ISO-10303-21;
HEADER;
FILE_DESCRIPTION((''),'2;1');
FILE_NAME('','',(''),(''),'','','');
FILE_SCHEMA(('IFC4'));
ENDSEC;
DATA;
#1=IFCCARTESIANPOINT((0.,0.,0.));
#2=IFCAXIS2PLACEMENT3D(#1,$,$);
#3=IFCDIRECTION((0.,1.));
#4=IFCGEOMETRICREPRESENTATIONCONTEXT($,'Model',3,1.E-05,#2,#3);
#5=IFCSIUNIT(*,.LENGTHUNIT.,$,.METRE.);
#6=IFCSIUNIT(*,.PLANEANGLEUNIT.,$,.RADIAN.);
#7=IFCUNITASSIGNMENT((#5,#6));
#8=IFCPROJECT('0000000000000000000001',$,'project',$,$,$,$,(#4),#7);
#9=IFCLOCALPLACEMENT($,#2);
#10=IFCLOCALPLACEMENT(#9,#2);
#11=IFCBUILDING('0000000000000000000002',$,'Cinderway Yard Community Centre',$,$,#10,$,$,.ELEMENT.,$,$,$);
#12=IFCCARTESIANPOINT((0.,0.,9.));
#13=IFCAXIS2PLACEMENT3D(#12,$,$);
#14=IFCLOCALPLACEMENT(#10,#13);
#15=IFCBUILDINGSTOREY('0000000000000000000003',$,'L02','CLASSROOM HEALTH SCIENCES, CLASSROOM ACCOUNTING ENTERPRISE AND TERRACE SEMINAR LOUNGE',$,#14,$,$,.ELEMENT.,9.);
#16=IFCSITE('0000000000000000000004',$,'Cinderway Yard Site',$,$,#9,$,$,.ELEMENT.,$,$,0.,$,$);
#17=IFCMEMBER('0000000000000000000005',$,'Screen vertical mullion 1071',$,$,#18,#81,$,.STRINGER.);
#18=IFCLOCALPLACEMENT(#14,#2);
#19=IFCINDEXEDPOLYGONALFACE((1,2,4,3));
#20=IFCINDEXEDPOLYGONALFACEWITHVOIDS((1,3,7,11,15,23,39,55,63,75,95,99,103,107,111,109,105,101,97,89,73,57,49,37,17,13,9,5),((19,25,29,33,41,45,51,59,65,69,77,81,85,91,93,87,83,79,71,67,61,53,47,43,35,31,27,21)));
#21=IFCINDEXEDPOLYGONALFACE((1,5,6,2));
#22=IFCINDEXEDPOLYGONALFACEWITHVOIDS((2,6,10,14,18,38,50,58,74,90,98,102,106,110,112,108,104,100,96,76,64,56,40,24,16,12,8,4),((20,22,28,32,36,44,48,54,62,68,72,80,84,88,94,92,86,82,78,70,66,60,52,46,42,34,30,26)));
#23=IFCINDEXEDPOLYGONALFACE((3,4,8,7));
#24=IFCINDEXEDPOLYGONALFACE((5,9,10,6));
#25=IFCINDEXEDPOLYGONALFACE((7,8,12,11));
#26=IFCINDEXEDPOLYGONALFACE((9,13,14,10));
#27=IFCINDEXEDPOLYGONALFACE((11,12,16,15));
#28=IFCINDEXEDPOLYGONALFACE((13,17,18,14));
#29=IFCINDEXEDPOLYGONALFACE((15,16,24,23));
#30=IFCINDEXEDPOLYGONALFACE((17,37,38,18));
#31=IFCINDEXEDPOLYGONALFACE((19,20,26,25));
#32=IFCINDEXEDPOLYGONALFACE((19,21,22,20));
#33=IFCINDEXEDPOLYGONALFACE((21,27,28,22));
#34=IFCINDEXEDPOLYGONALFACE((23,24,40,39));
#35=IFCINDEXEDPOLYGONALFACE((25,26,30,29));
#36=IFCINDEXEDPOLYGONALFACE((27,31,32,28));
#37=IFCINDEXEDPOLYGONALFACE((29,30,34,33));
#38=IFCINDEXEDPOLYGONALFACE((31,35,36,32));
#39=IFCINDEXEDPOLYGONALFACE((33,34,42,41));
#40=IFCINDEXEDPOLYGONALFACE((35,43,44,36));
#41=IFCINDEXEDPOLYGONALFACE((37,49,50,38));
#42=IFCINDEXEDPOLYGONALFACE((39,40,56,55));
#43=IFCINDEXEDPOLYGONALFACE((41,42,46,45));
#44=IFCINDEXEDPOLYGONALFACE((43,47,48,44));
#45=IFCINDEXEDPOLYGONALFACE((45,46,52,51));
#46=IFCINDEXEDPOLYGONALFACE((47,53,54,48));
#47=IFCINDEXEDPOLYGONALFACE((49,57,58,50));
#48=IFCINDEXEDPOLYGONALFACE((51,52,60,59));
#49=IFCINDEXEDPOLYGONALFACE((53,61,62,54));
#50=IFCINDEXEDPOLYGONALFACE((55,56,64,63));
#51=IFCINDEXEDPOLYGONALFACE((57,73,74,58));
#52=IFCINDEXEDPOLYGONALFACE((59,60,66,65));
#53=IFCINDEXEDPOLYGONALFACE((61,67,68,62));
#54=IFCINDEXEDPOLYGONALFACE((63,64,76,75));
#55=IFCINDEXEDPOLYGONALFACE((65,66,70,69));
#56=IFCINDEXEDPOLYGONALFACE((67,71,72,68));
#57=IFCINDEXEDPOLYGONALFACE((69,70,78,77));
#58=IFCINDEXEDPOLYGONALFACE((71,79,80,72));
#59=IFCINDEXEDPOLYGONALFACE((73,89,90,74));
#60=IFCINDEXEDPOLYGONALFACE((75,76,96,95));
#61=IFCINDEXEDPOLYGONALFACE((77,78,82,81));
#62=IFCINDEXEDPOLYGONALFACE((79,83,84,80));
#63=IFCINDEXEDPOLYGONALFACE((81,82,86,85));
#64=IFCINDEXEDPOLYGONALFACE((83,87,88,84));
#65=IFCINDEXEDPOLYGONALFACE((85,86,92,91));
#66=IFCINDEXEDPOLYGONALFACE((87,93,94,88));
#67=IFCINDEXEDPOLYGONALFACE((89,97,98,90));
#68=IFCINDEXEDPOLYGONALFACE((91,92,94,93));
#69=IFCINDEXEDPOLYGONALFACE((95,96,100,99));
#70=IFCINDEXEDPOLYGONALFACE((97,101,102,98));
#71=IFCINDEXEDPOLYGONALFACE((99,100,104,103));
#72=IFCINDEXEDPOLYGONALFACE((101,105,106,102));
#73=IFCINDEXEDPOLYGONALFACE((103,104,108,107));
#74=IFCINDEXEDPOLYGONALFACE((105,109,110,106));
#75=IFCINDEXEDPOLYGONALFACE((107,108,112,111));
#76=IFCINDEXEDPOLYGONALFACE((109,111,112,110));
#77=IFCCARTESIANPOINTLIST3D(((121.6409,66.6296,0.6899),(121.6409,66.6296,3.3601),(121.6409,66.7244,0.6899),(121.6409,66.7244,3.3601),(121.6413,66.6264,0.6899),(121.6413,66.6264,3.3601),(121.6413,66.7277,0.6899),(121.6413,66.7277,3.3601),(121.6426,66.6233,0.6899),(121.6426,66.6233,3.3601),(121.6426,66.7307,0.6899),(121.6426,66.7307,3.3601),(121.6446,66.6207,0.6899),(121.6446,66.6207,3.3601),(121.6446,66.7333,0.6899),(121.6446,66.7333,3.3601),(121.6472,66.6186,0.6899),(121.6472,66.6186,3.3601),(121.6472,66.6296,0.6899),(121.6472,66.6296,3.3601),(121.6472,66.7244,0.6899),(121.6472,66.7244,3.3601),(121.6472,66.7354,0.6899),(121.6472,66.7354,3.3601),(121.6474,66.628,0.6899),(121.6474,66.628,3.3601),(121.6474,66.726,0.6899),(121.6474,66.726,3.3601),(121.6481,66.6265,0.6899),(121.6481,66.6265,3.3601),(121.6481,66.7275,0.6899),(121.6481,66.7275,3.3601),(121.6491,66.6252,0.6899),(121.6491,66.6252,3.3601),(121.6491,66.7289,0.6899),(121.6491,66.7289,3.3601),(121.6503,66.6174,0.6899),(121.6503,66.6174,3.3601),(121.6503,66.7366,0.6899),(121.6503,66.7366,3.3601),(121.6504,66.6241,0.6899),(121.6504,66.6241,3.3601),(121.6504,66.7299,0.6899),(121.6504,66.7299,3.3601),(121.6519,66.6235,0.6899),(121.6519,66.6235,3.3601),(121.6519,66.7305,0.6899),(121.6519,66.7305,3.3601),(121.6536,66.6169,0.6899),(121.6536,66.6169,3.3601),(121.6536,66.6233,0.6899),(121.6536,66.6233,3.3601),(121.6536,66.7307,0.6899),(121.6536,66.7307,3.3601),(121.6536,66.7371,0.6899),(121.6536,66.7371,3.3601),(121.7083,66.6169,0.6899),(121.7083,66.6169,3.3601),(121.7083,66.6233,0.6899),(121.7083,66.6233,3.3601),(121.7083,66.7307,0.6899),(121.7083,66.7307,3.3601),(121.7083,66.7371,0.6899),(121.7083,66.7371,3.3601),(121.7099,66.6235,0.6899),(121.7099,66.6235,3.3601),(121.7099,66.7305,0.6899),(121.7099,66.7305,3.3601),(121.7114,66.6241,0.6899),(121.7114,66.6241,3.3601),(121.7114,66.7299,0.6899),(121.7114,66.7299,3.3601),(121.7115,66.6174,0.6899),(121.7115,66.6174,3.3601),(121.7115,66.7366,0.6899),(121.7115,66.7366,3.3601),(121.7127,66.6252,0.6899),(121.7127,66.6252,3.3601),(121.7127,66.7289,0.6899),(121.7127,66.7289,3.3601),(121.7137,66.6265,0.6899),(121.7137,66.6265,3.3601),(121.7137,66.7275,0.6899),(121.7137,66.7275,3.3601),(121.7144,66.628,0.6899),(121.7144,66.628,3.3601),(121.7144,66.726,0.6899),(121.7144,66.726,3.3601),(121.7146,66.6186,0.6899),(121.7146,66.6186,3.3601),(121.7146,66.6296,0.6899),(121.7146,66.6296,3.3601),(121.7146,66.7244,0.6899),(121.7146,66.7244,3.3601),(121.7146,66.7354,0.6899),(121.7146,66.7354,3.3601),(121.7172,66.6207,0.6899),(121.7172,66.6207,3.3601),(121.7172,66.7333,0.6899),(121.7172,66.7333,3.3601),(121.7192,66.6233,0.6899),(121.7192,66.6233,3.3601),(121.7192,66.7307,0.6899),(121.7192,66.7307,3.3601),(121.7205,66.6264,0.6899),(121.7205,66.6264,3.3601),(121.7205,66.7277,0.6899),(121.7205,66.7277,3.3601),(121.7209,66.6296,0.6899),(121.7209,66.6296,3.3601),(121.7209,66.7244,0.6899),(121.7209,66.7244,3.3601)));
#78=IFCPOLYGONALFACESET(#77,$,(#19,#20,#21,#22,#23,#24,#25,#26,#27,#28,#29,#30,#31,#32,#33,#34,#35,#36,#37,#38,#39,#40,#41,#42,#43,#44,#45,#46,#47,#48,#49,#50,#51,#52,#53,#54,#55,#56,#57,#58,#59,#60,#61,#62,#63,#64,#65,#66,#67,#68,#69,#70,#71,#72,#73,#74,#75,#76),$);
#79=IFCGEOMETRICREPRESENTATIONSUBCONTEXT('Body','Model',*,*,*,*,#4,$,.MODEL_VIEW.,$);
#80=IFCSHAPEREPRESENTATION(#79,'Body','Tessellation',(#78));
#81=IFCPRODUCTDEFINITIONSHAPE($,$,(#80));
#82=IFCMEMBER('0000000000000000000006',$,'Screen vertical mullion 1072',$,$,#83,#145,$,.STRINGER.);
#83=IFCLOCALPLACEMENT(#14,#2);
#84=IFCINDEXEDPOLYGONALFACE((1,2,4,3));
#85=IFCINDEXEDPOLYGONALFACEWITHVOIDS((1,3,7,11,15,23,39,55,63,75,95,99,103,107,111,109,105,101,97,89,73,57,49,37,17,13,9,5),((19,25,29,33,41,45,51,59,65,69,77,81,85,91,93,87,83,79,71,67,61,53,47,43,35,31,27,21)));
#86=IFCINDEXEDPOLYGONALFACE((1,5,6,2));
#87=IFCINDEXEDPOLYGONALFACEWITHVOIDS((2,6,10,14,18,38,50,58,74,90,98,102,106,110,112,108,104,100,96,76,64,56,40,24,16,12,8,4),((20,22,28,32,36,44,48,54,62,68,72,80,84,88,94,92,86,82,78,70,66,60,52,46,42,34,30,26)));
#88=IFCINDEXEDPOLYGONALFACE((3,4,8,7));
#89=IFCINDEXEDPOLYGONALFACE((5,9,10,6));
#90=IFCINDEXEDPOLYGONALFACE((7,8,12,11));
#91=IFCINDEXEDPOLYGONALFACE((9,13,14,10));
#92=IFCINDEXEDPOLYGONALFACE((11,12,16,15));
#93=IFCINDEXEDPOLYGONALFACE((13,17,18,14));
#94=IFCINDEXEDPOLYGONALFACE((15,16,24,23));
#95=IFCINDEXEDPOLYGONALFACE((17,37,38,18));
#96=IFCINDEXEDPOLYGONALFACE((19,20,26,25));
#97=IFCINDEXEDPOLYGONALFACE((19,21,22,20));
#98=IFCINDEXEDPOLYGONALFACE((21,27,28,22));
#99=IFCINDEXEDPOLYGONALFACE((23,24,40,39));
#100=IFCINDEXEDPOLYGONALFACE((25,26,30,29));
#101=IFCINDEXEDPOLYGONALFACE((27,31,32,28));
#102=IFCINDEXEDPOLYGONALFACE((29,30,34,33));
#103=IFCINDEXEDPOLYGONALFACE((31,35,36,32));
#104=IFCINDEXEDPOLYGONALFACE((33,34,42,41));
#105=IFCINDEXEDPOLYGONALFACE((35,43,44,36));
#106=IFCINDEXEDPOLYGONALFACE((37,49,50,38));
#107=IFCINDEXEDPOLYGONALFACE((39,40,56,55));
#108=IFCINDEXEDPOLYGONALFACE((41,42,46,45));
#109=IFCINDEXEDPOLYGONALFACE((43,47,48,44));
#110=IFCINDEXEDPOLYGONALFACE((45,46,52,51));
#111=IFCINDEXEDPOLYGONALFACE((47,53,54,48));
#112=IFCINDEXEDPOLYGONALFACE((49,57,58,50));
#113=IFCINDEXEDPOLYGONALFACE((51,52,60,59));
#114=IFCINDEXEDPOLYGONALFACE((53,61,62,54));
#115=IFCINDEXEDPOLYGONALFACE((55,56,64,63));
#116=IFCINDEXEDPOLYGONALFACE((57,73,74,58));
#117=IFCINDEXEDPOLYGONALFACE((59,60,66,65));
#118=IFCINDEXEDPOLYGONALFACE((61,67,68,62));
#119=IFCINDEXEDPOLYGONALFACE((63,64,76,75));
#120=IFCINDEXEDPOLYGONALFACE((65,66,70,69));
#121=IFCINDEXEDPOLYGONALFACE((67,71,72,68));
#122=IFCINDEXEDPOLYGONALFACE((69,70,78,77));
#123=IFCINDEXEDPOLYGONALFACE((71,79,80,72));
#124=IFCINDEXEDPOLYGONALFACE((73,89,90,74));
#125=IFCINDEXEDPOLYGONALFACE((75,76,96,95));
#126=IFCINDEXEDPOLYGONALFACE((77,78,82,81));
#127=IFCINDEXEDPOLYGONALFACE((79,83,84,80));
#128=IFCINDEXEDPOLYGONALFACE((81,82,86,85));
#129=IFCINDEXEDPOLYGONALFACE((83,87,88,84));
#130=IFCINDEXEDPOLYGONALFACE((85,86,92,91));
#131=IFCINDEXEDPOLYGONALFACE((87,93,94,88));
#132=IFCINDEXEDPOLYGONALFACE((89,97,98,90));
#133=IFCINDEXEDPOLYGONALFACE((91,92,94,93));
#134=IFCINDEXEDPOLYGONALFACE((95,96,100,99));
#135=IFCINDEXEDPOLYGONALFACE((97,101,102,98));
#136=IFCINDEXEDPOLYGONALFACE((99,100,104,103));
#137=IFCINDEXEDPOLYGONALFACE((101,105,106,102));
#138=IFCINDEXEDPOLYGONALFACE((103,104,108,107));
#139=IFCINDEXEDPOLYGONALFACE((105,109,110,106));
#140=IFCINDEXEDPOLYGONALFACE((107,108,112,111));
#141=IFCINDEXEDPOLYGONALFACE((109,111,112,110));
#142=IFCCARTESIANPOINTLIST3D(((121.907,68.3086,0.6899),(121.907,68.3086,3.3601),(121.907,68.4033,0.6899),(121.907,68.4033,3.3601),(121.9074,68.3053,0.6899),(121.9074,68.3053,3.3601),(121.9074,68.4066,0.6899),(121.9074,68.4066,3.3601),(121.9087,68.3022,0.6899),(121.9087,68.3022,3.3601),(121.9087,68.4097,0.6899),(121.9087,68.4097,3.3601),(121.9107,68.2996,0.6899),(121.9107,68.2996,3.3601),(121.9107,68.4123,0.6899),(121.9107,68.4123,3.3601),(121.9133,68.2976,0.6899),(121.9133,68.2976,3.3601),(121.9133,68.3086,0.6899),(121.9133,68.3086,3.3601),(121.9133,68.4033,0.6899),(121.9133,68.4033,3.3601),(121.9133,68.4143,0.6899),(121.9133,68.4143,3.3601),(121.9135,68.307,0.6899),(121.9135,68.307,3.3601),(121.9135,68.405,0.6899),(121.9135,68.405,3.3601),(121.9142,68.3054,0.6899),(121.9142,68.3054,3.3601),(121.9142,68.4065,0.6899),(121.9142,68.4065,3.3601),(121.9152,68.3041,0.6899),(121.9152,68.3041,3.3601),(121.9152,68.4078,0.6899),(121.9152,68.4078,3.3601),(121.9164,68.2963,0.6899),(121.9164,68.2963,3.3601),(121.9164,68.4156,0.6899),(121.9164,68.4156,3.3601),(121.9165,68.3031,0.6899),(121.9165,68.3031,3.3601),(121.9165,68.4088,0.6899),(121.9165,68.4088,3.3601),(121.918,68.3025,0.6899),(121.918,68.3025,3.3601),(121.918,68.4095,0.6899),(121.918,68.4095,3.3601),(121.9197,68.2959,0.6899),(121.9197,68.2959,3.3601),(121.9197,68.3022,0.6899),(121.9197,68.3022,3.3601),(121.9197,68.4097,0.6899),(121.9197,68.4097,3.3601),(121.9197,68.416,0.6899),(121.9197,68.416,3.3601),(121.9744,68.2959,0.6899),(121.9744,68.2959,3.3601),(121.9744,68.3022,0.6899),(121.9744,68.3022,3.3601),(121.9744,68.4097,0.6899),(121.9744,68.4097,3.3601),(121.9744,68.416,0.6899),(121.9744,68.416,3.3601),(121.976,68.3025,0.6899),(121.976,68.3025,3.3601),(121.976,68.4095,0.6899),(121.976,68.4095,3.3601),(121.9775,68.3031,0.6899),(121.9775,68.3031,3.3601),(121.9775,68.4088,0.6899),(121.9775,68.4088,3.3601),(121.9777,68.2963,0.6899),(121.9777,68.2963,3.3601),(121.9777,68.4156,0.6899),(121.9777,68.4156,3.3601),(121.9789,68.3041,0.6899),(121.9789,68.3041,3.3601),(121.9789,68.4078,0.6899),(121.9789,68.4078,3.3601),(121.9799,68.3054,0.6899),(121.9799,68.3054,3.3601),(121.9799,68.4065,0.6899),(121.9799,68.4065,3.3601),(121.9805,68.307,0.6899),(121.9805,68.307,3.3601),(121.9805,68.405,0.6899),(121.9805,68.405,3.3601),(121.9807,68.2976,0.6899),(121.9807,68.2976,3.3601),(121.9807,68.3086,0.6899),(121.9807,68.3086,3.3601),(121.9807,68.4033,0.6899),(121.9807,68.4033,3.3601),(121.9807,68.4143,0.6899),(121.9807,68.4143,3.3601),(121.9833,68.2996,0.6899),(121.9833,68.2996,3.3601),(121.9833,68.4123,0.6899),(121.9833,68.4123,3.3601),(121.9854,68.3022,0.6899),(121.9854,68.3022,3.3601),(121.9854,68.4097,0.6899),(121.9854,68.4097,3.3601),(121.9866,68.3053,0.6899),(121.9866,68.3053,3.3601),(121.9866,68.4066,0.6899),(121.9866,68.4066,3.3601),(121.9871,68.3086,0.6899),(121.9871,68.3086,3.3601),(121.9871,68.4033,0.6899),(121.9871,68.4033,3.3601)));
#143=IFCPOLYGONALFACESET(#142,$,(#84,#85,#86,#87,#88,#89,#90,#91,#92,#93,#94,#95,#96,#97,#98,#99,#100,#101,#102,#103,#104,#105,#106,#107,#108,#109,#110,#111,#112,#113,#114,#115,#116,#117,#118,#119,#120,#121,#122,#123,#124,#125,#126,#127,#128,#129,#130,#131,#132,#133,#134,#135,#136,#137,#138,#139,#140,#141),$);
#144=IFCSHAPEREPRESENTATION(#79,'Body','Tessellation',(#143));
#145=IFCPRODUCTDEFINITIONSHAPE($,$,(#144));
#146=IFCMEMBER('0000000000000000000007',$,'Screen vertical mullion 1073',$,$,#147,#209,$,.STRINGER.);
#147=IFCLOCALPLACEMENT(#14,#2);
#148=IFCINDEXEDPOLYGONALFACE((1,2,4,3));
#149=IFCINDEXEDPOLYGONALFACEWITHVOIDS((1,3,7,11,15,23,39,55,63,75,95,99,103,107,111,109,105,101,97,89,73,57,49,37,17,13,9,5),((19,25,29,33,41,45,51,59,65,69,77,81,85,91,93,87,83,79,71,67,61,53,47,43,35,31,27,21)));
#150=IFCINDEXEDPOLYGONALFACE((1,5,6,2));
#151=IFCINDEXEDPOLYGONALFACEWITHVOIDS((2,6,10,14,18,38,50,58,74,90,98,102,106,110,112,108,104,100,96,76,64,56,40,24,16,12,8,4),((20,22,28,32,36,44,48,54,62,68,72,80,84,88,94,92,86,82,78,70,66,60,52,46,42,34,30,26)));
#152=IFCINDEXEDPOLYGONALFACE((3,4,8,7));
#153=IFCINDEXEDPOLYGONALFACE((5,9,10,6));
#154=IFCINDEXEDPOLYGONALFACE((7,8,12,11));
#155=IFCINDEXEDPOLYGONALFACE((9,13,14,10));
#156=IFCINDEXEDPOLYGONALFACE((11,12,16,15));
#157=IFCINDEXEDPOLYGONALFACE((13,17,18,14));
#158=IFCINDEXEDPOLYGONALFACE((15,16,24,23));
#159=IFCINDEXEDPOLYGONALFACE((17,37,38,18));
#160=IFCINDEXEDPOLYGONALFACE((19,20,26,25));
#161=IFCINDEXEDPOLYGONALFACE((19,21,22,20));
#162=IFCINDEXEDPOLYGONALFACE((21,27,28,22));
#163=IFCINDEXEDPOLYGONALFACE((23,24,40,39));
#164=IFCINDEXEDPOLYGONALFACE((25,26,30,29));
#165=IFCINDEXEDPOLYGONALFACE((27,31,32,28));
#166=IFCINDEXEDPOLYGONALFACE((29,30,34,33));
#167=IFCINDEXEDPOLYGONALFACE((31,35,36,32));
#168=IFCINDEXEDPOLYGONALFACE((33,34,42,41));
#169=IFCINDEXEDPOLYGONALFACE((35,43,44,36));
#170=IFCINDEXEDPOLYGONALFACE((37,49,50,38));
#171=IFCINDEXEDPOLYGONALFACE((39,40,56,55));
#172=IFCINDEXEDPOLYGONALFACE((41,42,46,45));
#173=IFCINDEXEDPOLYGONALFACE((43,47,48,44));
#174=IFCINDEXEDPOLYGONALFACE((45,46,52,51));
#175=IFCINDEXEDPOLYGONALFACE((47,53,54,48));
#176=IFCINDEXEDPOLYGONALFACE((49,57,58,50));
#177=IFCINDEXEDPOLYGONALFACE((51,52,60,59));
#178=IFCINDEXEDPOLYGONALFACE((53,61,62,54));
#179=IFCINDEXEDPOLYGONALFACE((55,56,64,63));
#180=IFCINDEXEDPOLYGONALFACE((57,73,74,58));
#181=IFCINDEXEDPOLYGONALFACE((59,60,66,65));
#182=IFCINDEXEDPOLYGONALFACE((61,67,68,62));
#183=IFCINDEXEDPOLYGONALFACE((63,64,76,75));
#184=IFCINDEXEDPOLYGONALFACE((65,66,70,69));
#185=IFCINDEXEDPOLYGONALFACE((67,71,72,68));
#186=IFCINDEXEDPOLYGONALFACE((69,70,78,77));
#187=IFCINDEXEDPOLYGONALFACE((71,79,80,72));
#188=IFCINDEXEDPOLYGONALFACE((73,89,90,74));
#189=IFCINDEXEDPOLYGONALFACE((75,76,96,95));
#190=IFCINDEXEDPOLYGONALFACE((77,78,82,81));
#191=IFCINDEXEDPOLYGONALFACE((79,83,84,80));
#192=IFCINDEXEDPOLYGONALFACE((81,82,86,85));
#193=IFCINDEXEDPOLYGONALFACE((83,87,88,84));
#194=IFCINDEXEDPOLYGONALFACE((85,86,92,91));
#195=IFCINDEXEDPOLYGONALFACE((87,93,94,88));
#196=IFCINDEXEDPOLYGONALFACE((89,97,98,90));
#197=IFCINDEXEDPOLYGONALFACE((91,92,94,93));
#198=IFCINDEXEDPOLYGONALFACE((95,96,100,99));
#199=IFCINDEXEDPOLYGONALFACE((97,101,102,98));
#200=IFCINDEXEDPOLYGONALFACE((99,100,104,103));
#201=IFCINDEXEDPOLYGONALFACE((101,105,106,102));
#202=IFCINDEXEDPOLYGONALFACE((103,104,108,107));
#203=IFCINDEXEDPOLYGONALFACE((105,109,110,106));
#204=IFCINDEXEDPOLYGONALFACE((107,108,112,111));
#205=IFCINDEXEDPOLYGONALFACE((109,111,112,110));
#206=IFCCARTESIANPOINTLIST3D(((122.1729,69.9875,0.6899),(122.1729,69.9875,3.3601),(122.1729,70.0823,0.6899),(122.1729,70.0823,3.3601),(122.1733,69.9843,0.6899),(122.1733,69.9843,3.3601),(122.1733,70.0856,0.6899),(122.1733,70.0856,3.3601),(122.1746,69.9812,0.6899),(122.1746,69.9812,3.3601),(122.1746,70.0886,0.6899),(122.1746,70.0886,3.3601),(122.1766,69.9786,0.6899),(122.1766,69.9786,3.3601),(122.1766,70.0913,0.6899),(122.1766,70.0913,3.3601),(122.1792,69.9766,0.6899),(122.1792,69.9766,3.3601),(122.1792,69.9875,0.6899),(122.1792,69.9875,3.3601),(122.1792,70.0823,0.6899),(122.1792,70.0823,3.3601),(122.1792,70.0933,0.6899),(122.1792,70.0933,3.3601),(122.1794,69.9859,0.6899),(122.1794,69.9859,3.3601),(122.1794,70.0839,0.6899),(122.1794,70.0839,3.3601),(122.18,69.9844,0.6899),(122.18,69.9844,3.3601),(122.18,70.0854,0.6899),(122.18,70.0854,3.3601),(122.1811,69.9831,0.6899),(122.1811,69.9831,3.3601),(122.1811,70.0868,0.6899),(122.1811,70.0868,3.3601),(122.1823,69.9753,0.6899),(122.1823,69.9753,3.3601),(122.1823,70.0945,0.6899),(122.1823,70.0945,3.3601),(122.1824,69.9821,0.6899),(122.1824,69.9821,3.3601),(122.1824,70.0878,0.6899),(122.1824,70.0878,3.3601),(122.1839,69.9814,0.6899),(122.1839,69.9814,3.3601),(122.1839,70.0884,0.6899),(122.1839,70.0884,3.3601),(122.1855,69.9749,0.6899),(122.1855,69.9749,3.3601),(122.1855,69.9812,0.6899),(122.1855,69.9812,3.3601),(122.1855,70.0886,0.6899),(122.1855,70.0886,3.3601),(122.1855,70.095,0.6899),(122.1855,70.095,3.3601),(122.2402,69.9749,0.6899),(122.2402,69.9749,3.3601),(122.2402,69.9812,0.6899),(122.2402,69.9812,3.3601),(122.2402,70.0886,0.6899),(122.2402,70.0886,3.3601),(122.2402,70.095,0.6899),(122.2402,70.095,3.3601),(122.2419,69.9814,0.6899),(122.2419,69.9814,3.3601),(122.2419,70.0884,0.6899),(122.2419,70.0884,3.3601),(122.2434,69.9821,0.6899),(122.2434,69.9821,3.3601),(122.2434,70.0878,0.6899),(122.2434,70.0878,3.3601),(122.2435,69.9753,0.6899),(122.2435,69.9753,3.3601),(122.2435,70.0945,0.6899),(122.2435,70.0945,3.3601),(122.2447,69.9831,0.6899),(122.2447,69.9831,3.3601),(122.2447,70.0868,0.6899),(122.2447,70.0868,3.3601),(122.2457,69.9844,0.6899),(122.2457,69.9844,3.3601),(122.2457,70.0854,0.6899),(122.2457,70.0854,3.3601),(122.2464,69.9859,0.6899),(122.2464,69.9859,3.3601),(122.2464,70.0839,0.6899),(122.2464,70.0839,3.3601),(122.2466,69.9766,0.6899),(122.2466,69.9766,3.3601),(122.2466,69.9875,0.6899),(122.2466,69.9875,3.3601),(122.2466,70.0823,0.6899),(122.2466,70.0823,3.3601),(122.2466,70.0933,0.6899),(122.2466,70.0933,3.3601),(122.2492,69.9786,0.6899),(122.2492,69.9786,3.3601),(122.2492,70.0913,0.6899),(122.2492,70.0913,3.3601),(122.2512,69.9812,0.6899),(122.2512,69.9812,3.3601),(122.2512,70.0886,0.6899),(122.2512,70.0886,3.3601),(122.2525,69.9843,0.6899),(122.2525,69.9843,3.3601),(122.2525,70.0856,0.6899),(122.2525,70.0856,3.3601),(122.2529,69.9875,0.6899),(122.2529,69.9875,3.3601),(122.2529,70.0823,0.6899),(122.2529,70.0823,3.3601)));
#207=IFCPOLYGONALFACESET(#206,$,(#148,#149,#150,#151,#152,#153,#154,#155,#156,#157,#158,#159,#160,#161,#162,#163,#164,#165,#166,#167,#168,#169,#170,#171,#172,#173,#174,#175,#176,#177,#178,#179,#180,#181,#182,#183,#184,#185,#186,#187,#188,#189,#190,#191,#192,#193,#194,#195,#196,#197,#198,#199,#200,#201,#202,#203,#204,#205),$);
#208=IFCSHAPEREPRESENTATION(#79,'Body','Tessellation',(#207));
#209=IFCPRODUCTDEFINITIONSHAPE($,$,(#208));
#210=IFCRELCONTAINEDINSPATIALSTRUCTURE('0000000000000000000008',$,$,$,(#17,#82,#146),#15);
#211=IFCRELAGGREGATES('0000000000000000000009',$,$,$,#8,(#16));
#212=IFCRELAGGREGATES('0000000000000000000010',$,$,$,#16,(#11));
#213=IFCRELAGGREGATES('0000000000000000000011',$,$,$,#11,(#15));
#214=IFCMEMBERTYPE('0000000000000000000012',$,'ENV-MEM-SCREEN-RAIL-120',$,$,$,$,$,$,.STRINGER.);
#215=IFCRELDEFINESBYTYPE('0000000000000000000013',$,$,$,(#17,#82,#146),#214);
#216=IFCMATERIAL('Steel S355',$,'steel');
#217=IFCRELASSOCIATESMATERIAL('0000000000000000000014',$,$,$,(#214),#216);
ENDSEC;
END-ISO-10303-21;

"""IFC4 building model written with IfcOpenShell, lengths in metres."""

from ifc_helpers import new_model, si_unit, direction, frame, origin, origin_2d, place, context, subcontext, project, spatial, hollow_rectangle, extrude, material, material_profile, profile_set, type_object, element, save


model = new_model("IFC4")

# Units and contexts
model_context = context("Model", 3, precision=1e-05, world=origin(), true_north=direction((0.0, 1.0)))
body_context = subcontext(model_context, "Body", "Model", "MODEL_VIEW")
ifc_project = project(units=[si_unit("LENGTHUNIT", "METRE"), si_unit("PLANEANGLEUNIT", "RADIAN")], contexts=[model_context])

# Site, building, storey
site_placement = place(None, origin())
site = spatial("IfcSite", under=ifc_project, at=site_placement, Name="Cinderway Yard Site", CompositionType="ELEMENT", RefElevation=0.0)
building_placement = place(site_placement, origin())
building = spatial("IfcBuilding", under=site, at=building_placement, Name="Cinderway Yard Community Centre", CompositionType="ELEMENT")
storey_placement = place(building_placement, frame((0.0, 0.0, 9.0)))
storey = spatial("IfcBuildingStorey", under=building, at=storey_placement, Name="L02", Description="CLASSROOM HEALTH SCIENCES, CLASSROOM ACCOUNTING ENTERPRISE AND TERRACE SEMINAR LOUNGE", CompositionType="ELEMENT", Elevation=9.0)

# Members
ifc_material_1 = material(Name="Steel S355", Category="steel")
ifc_material_profile_1 = material_profile(ifc_material_1, hollow_rectangle(XDim=0.0801, YDim=0.1201, WallThickness=0.0063, InnerFilletRadius=0.0063, OuterFilletRadius=0.0127, at=origin_2d()), Name="Steel S355")
ifc_profile_set_1 = profile_set([ifc_material_profile_1], Name="Steel S355")
member_type_1 = type_object("IfcMemberType", Name="ENV-MEM-SCREEN-RAIL-120", PredefinedType="STRINGER", material=ifc_profile_set_1)
for number, where, z_axis, x_axis, name in (
    (1, (121.6809, 66.677, 0.6899), (0.0, 0.0, 1.0), (1.0, 0.0, 0.0), "Screen vertical mullion 1071"),
    (2, (121.947, 68.356, 0.6899), (0.0, 0.0, 1.0), (1.0, 0.0, 0.0), "Screen vertical mullion 1072"),
    (3, (122.2129, 70.0349, 0.6899), (0.0, 0.0, 1.0), (1.0, 0.0, 0.0), "Screen vertical mullion 1073"),
):
    element("IfcMember", number, at=place(storey_placement, frame(where, z_axis=z_axis, x_axis=x_axis)), inside=storey, type_object=member_type_1, Name=name, PredefinedType="STRINGER", context=body_context, shape_type="SweptSolid", body=[
        extrude(hollow_rectangle(XDim=0.0801, YDim=0.1201, WallThickness=0.0063, InnerFilletRadius=0.0063, OuterFilletRadius=0.0127, at=origin_2d()), origin(), (0.0, 0.0, 1.0), 2.6702),
    ])

save(model, "model.ifc")
